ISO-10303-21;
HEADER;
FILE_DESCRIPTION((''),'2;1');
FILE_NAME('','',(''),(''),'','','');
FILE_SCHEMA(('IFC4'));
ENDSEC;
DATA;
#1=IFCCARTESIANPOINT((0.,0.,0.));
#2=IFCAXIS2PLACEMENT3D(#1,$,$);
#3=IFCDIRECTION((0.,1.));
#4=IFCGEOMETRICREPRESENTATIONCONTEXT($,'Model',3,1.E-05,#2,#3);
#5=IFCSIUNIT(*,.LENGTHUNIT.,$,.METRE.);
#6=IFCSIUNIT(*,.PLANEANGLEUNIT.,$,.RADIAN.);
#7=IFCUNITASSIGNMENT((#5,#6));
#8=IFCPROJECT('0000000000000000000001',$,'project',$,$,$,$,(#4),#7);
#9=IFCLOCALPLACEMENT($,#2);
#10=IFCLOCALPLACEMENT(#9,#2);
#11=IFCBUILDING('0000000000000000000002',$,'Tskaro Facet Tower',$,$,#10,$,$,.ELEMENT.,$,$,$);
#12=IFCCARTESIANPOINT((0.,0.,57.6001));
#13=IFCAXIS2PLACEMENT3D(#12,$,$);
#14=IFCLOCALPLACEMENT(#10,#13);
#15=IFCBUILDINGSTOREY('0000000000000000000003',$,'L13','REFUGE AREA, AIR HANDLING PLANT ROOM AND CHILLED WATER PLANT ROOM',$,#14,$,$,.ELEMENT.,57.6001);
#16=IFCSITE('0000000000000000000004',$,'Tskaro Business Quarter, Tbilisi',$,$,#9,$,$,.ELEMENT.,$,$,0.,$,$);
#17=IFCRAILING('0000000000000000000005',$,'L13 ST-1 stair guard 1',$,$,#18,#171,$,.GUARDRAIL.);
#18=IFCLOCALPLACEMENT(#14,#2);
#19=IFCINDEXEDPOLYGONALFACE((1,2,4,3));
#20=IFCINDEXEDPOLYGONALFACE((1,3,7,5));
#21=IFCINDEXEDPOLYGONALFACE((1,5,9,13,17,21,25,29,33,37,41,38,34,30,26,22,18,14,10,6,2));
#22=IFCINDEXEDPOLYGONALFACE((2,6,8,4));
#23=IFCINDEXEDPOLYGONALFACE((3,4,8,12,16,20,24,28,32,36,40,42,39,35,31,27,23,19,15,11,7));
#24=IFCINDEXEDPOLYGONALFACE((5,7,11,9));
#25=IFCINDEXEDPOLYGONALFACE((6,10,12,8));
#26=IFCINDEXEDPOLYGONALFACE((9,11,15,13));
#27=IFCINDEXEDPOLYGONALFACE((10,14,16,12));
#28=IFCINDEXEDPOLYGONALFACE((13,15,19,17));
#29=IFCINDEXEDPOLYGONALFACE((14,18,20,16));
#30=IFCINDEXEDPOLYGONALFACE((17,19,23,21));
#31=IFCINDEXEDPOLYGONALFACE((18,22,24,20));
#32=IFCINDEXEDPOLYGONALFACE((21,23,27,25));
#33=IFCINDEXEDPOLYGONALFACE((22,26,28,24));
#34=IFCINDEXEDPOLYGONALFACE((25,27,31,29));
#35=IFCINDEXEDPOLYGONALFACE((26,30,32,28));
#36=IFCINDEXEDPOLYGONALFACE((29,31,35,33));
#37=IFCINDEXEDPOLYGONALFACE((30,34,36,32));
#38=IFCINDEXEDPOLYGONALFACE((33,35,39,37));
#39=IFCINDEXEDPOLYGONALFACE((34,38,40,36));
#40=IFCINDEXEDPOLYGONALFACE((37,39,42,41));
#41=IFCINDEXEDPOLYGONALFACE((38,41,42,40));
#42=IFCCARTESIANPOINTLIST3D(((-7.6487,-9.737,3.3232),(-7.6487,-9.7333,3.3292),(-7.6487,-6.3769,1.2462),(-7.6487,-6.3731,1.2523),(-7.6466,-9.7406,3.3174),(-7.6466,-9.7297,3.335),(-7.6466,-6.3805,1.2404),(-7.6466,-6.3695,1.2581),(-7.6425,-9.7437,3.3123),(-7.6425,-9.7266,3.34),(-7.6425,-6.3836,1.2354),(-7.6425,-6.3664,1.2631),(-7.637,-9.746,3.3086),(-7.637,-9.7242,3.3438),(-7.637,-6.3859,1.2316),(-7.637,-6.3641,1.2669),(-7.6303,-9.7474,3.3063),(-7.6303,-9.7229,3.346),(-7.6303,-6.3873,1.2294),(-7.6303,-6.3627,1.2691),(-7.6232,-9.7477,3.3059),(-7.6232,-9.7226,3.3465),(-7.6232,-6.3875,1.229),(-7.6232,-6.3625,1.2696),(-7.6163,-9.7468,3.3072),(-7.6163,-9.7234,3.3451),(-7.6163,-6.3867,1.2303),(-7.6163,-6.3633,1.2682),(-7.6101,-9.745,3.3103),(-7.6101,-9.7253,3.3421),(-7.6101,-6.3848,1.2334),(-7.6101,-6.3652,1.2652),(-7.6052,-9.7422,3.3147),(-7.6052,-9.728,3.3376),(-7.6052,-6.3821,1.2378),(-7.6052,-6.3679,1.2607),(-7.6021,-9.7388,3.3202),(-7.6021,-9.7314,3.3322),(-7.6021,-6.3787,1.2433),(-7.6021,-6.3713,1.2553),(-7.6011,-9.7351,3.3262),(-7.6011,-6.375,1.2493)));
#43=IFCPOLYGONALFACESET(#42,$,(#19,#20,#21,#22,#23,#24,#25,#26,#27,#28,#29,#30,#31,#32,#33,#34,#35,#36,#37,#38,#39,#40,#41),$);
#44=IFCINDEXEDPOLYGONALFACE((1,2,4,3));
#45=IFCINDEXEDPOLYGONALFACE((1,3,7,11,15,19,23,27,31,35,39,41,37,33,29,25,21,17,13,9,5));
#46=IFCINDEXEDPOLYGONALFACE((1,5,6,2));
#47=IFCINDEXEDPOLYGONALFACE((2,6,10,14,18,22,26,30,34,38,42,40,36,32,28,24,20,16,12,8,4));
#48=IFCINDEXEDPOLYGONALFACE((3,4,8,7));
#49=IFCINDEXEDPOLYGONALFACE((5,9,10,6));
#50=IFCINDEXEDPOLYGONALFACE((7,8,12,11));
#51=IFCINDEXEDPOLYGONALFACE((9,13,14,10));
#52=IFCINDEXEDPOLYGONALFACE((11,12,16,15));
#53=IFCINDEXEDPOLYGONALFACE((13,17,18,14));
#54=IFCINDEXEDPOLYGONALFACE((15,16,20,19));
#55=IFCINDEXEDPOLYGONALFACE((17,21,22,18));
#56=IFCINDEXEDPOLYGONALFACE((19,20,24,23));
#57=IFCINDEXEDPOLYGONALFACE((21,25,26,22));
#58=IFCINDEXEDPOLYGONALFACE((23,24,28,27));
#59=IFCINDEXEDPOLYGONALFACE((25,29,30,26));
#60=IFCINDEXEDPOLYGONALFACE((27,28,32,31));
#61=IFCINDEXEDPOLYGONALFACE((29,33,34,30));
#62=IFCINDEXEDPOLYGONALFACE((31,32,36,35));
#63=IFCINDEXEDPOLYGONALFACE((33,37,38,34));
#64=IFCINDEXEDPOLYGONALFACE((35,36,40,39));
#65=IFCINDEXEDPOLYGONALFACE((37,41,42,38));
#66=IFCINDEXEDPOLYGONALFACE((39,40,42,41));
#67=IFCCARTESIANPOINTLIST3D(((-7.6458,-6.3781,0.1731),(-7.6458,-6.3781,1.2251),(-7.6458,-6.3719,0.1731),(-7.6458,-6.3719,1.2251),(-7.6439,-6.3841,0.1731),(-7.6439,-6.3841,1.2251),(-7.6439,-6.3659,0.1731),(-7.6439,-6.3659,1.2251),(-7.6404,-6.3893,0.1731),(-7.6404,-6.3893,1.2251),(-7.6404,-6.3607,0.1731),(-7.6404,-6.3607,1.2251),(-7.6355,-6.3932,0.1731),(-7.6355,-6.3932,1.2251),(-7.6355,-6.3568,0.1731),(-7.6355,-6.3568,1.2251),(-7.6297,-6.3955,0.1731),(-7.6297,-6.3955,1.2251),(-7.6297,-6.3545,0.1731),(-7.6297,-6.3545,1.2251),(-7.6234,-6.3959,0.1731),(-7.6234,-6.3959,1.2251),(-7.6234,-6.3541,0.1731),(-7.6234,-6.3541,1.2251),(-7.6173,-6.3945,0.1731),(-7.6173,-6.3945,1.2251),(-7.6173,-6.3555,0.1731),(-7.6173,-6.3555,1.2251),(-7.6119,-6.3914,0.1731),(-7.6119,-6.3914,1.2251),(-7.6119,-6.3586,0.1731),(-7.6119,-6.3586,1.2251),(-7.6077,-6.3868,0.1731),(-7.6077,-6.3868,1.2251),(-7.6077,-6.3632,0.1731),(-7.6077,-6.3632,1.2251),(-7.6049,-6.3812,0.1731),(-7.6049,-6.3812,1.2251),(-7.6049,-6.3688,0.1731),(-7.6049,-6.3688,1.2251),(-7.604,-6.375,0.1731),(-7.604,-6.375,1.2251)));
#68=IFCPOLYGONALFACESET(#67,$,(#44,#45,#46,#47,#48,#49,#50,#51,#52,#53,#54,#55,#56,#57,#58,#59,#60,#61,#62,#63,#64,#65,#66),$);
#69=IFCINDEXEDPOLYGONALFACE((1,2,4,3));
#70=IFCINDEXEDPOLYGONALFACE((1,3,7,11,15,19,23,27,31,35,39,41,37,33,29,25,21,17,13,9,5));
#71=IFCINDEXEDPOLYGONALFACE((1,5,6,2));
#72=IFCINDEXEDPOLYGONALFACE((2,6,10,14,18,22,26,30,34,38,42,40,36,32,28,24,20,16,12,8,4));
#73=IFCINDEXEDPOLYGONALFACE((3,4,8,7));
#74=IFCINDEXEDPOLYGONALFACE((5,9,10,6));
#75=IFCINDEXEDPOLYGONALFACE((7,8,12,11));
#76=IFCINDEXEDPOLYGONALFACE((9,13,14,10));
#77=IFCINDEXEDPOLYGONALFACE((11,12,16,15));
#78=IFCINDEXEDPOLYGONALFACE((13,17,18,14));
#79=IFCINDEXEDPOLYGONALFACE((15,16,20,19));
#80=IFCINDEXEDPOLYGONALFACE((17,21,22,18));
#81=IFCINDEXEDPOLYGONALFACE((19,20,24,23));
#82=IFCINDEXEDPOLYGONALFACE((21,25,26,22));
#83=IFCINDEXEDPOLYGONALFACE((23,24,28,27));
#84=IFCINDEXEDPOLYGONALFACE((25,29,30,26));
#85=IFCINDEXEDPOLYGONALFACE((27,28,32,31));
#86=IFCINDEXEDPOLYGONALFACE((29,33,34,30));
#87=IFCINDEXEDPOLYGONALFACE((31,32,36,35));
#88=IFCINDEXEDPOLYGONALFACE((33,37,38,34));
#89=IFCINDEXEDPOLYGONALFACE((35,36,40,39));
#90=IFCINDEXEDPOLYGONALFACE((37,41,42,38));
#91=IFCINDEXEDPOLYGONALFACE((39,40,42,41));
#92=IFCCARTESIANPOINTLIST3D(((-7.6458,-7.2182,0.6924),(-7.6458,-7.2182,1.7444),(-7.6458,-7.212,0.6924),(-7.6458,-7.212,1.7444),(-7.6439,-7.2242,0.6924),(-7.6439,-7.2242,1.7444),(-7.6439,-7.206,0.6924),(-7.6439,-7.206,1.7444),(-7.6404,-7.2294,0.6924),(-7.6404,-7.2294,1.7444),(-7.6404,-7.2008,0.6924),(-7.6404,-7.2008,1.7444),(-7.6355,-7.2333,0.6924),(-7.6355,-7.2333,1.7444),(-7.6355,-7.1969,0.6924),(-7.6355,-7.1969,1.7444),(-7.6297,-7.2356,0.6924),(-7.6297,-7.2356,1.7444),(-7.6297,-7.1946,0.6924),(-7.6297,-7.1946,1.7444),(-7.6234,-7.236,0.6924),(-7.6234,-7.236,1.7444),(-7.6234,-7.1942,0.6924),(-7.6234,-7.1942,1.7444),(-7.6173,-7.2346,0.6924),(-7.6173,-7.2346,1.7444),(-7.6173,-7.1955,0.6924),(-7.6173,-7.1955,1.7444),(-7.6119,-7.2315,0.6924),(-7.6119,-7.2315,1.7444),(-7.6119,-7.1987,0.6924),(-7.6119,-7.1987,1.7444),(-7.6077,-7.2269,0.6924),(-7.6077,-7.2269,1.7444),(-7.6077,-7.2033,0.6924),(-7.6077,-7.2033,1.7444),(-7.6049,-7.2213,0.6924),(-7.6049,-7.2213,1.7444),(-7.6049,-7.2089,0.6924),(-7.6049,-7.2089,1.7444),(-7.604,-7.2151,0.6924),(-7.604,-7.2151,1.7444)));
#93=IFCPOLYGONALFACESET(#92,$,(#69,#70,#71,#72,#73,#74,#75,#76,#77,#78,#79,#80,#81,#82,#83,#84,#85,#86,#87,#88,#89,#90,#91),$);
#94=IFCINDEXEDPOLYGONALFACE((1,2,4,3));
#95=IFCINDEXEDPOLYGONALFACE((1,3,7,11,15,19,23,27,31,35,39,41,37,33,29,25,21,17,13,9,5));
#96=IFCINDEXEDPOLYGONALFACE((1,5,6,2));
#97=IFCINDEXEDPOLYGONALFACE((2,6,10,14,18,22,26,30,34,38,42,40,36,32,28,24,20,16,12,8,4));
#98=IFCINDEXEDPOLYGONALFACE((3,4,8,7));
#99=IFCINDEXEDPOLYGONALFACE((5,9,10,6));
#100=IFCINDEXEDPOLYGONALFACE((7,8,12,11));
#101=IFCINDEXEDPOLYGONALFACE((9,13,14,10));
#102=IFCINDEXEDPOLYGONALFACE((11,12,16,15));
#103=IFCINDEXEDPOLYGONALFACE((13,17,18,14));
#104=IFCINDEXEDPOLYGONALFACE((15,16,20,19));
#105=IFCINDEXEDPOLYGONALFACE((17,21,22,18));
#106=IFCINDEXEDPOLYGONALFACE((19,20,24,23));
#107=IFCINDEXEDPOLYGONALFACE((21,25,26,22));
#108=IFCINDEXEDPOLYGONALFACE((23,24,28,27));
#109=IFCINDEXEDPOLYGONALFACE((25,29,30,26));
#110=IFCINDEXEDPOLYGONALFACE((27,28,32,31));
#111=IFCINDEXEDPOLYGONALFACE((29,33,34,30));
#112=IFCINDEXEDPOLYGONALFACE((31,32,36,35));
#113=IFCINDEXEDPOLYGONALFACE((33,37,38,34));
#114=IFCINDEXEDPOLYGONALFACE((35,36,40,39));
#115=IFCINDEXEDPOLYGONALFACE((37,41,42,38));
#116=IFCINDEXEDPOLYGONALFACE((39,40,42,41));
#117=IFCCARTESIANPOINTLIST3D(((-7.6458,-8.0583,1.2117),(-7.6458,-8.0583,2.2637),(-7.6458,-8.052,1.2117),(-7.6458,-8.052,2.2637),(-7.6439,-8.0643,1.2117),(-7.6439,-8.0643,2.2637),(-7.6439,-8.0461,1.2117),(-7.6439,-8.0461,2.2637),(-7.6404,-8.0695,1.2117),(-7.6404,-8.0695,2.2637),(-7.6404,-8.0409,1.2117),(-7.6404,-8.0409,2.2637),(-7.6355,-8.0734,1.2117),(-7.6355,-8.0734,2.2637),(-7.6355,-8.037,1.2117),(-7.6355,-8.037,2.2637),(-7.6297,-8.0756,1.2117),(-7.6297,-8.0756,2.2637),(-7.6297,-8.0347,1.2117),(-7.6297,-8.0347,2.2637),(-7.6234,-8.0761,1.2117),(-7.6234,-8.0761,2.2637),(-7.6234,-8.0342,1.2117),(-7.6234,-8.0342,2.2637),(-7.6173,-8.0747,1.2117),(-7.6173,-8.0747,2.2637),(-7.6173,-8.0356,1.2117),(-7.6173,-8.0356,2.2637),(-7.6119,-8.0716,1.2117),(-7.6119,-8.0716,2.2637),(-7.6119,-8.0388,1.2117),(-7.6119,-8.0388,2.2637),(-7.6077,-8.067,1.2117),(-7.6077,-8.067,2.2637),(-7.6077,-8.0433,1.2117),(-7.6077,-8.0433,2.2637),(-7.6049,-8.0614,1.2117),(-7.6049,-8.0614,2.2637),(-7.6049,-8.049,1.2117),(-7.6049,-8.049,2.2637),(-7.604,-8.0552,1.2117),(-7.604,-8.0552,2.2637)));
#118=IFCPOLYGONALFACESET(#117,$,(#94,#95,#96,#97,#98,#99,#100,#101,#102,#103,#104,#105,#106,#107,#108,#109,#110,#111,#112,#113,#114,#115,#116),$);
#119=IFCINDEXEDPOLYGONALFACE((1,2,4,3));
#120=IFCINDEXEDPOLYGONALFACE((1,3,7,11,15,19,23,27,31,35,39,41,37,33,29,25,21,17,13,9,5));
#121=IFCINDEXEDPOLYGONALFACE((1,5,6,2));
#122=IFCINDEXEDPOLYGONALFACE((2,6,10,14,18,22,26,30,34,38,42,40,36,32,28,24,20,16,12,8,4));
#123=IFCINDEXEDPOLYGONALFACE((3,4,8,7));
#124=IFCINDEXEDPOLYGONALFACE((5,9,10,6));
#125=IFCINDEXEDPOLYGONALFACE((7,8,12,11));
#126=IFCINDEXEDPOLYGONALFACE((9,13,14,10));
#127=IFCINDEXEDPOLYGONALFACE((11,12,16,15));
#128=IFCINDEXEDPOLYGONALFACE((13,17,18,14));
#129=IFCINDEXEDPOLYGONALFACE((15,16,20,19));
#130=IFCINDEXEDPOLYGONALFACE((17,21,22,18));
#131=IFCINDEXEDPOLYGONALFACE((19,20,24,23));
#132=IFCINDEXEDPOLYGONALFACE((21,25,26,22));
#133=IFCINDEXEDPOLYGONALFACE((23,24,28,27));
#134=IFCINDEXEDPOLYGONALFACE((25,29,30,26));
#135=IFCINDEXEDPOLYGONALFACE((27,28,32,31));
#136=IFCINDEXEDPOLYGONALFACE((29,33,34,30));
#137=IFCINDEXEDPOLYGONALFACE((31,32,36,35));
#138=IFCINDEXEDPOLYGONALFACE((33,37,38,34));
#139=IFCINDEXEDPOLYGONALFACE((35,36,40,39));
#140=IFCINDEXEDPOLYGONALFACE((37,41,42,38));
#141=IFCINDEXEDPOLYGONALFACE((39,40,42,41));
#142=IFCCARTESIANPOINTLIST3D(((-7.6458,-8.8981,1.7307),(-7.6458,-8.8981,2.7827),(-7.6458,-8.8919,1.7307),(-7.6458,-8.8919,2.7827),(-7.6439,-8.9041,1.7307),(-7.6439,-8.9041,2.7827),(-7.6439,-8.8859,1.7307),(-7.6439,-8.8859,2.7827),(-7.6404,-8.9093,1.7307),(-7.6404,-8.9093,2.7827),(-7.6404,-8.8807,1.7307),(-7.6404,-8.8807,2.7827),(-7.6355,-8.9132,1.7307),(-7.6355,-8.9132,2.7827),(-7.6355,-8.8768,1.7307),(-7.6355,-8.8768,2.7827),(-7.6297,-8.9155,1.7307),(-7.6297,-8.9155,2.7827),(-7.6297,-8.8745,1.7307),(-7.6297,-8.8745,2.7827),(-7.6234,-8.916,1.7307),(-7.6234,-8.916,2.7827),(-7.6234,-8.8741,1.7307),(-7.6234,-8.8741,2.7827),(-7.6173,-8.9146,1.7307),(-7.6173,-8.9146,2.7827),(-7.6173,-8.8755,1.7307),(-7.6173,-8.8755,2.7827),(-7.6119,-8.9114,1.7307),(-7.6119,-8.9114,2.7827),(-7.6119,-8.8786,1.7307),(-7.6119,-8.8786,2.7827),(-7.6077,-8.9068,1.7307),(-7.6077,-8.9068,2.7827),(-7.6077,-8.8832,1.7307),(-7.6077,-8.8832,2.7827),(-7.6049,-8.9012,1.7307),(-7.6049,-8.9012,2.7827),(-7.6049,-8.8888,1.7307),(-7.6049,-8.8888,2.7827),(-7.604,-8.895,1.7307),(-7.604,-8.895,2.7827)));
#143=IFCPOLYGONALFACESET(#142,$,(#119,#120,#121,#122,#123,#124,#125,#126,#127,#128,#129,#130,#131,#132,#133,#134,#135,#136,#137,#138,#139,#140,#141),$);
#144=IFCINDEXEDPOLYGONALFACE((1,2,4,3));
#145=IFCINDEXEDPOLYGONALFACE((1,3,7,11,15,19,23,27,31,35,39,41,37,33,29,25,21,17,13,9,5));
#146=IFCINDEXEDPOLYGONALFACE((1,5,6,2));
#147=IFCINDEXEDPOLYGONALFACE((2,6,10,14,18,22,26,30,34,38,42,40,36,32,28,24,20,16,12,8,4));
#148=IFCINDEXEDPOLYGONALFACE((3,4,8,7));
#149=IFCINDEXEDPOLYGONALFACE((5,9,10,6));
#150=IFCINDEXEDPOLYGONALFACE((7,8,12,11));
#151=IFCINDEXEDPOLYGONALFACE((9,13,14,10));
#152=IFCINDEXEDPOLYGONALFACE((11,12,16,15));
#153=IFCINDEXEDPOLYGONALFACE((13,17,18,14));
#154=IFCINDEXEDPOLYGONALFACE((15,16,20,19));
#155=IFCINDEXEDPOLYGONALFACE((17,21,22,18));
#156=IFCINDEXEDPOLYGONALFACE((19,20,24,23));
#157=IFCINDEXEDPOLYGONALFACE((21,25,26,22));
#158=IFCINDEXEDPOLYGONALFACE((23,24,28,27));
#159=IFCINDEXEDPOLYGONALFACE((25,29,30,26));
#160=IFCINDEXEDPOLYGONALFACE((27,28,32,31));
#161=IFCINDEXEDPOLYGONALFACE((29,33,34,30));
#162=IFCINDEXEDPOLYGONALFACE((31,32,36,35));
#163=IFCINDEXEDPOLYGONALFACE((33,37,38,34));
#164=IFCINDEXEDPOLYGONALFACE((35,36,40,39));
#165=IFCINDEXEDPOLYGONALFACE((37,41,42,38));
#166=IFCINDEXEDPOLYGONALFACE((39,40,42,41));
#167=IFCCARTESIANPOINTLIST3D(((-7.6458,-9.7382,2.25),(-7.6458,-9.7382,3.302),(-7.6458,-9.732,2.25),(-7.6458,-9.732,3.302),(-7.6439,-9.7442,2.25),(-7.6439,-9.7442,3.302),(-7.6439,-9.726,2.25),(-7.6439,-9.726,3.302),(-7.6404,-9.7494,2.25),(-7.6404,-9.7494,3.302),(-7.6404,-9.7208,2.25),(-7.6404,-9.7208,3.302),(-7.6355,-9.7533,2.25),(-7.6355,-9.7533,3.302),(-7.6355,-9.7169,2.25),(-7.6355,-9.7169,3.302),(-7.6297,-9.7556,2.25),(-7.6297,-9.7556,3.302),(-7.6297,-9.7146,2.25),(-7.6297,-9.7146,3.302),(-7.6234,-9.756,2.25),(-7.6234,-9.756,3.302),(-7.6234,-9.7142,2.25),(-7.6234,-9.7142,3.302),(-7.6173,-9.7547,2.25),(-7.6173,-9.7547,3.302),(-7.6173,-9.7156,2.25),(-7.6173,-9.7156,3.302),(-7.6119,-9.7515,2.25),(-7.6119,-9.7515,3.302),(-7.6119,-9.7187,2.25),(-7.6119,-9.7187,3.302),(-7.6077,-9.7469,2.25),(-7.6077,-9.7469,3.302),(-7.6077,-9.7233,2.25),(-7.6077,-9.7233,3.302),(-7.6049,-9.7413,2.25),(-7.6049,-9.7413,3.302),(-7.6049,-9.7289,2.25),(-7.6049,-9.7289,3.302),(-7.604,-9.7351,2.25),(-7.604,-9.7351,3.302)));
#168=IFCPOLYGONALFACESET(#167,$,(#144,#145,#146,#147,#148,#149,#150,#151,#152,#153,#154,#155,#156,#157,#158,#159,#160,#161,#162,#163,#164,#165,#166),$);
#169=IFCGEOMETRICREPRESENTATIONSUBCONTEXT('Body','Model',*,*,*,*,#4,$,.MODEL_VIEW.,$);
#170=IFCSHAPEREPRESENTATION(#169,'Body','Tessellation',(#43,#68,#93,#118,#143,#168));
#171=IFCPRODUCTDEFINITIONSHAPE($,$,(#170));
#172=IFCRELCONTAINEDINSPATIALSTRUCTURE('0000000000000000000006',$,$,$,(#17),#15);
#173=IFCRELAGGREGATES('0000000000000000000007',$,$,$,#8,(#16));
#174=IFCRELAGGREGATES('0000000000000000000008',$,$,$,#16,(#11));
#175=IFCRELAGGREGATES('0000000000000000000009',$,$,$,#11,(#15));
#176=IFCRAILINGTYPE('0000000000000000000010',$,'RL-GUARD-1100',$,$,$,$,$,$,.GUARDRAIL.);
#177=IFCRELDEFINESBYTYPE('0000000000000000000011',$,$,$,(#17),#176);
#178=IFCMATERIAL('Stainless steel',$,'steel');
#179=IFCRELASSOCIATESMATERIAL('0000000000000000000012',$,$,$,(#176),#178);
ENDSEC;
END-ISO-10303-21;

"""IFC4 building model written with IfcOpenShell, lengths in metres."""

from ifc_helpers import new_model, si_unit, direction, frame, origin, origin_2d, place, context, subcontext, project, spatial, circle, extrude, material, type_object, element, save


model = new_model("IFC4")

# Units and contexts
model_context = context("Model", 3, precision=1e-05, world=origin(), true_north=direction((0.0, 1.0)))
body_context = subcontext(model_context, "Body", "Model", "MODEL_VIEW")
ifc_project = project(units=[si_unit("LENGTHUNIT", "METRE"), si_unit("PLANEANGLEUNIT", "RADIAN")], contexts=[model_context])

# Site, building, storey
site_placement = place(None, origin())
site = spatial("IfcSite", under=ifc_project, at=site_placement, Name="Tskaro Business Quarter, Tbilisi", CompositionType="ELEMENT", RefElevation=0.0)
building_placement = place(site_placement, origin())
building = spatial("IfcBuilding", under=site, at=building_placement, Name="Tskaro Facet Tower", CompositionType="ELEMENT")
storey_placement = place(building_placement, frame((0.0, 0.0, 57.6001)))
storey = spatial("IfcBuildingStorey", under=building, at=storey_placement, Name="L13", Description="REFUGE AREA, AIR HANDLING PLANT ROOM AND CHILLED WATER PLANT ROOM", CompositionType="ELEMENT", Elevation=57.6001)

# Shared definitions
ifc_material_1 = material(Name="Stainless steel", Category="steel")

# Railing
railing_type_1 = type_object("IfcRailingType", Name="RL-GUARD-1100", PredefinedType="GUARDRAIL", material=ifc_material_1)
railing_1_placement = place(storey_placement, frame((-7.625, -6.375, 0.1731)))
element("IfcRailing", 1, at=railing_1_placement, inside=storey, type_object=railing_type_1, Name="L13 ST-1 stair guard 1", PredefinedType="GUARDRAIL", context=body_context, shape_type="SweptSolid", body=[
    extrude(circle(Radius=0.0239, at=origin_2d()), frame((0.0, 0.0, 1.0762), z_axis=(0.0, -0.850623, 0.525776), x_axis=(1.0, 0.0, 0.0)), (0.0, 0.0, 1.0), 3.9502),
    extrude(circle(Radius=0.021, at=origin_2d()), origin(), (0.0, 0.0, 1.0), 1.052),
    extrude(circle(Radius=0.021, at=origin_2d()), frame((0.0, -0.8401, 0.5193)), (0.0, 0.0, 1.0), 1.052),
    extrude(circle(Radius=0.021, at=origin_2d()), frame((0.0, -1.6802, 1.0386)), (0.0, 0.0, 1.0), 1.052),
    extrude(circle(Radius=0.021, at=origin_2d()), frame((0.0, -2.52, 1.5576)), (0.0, 0.0, 1.0), 1.052),
    extrude(circle(Radius=0.021, at=origin_2d()), frame((0.0, -3.3601, 2.0769)), (0.0, 0.0, 1.0), 1.052),
])

save(model, "model.ifc")
